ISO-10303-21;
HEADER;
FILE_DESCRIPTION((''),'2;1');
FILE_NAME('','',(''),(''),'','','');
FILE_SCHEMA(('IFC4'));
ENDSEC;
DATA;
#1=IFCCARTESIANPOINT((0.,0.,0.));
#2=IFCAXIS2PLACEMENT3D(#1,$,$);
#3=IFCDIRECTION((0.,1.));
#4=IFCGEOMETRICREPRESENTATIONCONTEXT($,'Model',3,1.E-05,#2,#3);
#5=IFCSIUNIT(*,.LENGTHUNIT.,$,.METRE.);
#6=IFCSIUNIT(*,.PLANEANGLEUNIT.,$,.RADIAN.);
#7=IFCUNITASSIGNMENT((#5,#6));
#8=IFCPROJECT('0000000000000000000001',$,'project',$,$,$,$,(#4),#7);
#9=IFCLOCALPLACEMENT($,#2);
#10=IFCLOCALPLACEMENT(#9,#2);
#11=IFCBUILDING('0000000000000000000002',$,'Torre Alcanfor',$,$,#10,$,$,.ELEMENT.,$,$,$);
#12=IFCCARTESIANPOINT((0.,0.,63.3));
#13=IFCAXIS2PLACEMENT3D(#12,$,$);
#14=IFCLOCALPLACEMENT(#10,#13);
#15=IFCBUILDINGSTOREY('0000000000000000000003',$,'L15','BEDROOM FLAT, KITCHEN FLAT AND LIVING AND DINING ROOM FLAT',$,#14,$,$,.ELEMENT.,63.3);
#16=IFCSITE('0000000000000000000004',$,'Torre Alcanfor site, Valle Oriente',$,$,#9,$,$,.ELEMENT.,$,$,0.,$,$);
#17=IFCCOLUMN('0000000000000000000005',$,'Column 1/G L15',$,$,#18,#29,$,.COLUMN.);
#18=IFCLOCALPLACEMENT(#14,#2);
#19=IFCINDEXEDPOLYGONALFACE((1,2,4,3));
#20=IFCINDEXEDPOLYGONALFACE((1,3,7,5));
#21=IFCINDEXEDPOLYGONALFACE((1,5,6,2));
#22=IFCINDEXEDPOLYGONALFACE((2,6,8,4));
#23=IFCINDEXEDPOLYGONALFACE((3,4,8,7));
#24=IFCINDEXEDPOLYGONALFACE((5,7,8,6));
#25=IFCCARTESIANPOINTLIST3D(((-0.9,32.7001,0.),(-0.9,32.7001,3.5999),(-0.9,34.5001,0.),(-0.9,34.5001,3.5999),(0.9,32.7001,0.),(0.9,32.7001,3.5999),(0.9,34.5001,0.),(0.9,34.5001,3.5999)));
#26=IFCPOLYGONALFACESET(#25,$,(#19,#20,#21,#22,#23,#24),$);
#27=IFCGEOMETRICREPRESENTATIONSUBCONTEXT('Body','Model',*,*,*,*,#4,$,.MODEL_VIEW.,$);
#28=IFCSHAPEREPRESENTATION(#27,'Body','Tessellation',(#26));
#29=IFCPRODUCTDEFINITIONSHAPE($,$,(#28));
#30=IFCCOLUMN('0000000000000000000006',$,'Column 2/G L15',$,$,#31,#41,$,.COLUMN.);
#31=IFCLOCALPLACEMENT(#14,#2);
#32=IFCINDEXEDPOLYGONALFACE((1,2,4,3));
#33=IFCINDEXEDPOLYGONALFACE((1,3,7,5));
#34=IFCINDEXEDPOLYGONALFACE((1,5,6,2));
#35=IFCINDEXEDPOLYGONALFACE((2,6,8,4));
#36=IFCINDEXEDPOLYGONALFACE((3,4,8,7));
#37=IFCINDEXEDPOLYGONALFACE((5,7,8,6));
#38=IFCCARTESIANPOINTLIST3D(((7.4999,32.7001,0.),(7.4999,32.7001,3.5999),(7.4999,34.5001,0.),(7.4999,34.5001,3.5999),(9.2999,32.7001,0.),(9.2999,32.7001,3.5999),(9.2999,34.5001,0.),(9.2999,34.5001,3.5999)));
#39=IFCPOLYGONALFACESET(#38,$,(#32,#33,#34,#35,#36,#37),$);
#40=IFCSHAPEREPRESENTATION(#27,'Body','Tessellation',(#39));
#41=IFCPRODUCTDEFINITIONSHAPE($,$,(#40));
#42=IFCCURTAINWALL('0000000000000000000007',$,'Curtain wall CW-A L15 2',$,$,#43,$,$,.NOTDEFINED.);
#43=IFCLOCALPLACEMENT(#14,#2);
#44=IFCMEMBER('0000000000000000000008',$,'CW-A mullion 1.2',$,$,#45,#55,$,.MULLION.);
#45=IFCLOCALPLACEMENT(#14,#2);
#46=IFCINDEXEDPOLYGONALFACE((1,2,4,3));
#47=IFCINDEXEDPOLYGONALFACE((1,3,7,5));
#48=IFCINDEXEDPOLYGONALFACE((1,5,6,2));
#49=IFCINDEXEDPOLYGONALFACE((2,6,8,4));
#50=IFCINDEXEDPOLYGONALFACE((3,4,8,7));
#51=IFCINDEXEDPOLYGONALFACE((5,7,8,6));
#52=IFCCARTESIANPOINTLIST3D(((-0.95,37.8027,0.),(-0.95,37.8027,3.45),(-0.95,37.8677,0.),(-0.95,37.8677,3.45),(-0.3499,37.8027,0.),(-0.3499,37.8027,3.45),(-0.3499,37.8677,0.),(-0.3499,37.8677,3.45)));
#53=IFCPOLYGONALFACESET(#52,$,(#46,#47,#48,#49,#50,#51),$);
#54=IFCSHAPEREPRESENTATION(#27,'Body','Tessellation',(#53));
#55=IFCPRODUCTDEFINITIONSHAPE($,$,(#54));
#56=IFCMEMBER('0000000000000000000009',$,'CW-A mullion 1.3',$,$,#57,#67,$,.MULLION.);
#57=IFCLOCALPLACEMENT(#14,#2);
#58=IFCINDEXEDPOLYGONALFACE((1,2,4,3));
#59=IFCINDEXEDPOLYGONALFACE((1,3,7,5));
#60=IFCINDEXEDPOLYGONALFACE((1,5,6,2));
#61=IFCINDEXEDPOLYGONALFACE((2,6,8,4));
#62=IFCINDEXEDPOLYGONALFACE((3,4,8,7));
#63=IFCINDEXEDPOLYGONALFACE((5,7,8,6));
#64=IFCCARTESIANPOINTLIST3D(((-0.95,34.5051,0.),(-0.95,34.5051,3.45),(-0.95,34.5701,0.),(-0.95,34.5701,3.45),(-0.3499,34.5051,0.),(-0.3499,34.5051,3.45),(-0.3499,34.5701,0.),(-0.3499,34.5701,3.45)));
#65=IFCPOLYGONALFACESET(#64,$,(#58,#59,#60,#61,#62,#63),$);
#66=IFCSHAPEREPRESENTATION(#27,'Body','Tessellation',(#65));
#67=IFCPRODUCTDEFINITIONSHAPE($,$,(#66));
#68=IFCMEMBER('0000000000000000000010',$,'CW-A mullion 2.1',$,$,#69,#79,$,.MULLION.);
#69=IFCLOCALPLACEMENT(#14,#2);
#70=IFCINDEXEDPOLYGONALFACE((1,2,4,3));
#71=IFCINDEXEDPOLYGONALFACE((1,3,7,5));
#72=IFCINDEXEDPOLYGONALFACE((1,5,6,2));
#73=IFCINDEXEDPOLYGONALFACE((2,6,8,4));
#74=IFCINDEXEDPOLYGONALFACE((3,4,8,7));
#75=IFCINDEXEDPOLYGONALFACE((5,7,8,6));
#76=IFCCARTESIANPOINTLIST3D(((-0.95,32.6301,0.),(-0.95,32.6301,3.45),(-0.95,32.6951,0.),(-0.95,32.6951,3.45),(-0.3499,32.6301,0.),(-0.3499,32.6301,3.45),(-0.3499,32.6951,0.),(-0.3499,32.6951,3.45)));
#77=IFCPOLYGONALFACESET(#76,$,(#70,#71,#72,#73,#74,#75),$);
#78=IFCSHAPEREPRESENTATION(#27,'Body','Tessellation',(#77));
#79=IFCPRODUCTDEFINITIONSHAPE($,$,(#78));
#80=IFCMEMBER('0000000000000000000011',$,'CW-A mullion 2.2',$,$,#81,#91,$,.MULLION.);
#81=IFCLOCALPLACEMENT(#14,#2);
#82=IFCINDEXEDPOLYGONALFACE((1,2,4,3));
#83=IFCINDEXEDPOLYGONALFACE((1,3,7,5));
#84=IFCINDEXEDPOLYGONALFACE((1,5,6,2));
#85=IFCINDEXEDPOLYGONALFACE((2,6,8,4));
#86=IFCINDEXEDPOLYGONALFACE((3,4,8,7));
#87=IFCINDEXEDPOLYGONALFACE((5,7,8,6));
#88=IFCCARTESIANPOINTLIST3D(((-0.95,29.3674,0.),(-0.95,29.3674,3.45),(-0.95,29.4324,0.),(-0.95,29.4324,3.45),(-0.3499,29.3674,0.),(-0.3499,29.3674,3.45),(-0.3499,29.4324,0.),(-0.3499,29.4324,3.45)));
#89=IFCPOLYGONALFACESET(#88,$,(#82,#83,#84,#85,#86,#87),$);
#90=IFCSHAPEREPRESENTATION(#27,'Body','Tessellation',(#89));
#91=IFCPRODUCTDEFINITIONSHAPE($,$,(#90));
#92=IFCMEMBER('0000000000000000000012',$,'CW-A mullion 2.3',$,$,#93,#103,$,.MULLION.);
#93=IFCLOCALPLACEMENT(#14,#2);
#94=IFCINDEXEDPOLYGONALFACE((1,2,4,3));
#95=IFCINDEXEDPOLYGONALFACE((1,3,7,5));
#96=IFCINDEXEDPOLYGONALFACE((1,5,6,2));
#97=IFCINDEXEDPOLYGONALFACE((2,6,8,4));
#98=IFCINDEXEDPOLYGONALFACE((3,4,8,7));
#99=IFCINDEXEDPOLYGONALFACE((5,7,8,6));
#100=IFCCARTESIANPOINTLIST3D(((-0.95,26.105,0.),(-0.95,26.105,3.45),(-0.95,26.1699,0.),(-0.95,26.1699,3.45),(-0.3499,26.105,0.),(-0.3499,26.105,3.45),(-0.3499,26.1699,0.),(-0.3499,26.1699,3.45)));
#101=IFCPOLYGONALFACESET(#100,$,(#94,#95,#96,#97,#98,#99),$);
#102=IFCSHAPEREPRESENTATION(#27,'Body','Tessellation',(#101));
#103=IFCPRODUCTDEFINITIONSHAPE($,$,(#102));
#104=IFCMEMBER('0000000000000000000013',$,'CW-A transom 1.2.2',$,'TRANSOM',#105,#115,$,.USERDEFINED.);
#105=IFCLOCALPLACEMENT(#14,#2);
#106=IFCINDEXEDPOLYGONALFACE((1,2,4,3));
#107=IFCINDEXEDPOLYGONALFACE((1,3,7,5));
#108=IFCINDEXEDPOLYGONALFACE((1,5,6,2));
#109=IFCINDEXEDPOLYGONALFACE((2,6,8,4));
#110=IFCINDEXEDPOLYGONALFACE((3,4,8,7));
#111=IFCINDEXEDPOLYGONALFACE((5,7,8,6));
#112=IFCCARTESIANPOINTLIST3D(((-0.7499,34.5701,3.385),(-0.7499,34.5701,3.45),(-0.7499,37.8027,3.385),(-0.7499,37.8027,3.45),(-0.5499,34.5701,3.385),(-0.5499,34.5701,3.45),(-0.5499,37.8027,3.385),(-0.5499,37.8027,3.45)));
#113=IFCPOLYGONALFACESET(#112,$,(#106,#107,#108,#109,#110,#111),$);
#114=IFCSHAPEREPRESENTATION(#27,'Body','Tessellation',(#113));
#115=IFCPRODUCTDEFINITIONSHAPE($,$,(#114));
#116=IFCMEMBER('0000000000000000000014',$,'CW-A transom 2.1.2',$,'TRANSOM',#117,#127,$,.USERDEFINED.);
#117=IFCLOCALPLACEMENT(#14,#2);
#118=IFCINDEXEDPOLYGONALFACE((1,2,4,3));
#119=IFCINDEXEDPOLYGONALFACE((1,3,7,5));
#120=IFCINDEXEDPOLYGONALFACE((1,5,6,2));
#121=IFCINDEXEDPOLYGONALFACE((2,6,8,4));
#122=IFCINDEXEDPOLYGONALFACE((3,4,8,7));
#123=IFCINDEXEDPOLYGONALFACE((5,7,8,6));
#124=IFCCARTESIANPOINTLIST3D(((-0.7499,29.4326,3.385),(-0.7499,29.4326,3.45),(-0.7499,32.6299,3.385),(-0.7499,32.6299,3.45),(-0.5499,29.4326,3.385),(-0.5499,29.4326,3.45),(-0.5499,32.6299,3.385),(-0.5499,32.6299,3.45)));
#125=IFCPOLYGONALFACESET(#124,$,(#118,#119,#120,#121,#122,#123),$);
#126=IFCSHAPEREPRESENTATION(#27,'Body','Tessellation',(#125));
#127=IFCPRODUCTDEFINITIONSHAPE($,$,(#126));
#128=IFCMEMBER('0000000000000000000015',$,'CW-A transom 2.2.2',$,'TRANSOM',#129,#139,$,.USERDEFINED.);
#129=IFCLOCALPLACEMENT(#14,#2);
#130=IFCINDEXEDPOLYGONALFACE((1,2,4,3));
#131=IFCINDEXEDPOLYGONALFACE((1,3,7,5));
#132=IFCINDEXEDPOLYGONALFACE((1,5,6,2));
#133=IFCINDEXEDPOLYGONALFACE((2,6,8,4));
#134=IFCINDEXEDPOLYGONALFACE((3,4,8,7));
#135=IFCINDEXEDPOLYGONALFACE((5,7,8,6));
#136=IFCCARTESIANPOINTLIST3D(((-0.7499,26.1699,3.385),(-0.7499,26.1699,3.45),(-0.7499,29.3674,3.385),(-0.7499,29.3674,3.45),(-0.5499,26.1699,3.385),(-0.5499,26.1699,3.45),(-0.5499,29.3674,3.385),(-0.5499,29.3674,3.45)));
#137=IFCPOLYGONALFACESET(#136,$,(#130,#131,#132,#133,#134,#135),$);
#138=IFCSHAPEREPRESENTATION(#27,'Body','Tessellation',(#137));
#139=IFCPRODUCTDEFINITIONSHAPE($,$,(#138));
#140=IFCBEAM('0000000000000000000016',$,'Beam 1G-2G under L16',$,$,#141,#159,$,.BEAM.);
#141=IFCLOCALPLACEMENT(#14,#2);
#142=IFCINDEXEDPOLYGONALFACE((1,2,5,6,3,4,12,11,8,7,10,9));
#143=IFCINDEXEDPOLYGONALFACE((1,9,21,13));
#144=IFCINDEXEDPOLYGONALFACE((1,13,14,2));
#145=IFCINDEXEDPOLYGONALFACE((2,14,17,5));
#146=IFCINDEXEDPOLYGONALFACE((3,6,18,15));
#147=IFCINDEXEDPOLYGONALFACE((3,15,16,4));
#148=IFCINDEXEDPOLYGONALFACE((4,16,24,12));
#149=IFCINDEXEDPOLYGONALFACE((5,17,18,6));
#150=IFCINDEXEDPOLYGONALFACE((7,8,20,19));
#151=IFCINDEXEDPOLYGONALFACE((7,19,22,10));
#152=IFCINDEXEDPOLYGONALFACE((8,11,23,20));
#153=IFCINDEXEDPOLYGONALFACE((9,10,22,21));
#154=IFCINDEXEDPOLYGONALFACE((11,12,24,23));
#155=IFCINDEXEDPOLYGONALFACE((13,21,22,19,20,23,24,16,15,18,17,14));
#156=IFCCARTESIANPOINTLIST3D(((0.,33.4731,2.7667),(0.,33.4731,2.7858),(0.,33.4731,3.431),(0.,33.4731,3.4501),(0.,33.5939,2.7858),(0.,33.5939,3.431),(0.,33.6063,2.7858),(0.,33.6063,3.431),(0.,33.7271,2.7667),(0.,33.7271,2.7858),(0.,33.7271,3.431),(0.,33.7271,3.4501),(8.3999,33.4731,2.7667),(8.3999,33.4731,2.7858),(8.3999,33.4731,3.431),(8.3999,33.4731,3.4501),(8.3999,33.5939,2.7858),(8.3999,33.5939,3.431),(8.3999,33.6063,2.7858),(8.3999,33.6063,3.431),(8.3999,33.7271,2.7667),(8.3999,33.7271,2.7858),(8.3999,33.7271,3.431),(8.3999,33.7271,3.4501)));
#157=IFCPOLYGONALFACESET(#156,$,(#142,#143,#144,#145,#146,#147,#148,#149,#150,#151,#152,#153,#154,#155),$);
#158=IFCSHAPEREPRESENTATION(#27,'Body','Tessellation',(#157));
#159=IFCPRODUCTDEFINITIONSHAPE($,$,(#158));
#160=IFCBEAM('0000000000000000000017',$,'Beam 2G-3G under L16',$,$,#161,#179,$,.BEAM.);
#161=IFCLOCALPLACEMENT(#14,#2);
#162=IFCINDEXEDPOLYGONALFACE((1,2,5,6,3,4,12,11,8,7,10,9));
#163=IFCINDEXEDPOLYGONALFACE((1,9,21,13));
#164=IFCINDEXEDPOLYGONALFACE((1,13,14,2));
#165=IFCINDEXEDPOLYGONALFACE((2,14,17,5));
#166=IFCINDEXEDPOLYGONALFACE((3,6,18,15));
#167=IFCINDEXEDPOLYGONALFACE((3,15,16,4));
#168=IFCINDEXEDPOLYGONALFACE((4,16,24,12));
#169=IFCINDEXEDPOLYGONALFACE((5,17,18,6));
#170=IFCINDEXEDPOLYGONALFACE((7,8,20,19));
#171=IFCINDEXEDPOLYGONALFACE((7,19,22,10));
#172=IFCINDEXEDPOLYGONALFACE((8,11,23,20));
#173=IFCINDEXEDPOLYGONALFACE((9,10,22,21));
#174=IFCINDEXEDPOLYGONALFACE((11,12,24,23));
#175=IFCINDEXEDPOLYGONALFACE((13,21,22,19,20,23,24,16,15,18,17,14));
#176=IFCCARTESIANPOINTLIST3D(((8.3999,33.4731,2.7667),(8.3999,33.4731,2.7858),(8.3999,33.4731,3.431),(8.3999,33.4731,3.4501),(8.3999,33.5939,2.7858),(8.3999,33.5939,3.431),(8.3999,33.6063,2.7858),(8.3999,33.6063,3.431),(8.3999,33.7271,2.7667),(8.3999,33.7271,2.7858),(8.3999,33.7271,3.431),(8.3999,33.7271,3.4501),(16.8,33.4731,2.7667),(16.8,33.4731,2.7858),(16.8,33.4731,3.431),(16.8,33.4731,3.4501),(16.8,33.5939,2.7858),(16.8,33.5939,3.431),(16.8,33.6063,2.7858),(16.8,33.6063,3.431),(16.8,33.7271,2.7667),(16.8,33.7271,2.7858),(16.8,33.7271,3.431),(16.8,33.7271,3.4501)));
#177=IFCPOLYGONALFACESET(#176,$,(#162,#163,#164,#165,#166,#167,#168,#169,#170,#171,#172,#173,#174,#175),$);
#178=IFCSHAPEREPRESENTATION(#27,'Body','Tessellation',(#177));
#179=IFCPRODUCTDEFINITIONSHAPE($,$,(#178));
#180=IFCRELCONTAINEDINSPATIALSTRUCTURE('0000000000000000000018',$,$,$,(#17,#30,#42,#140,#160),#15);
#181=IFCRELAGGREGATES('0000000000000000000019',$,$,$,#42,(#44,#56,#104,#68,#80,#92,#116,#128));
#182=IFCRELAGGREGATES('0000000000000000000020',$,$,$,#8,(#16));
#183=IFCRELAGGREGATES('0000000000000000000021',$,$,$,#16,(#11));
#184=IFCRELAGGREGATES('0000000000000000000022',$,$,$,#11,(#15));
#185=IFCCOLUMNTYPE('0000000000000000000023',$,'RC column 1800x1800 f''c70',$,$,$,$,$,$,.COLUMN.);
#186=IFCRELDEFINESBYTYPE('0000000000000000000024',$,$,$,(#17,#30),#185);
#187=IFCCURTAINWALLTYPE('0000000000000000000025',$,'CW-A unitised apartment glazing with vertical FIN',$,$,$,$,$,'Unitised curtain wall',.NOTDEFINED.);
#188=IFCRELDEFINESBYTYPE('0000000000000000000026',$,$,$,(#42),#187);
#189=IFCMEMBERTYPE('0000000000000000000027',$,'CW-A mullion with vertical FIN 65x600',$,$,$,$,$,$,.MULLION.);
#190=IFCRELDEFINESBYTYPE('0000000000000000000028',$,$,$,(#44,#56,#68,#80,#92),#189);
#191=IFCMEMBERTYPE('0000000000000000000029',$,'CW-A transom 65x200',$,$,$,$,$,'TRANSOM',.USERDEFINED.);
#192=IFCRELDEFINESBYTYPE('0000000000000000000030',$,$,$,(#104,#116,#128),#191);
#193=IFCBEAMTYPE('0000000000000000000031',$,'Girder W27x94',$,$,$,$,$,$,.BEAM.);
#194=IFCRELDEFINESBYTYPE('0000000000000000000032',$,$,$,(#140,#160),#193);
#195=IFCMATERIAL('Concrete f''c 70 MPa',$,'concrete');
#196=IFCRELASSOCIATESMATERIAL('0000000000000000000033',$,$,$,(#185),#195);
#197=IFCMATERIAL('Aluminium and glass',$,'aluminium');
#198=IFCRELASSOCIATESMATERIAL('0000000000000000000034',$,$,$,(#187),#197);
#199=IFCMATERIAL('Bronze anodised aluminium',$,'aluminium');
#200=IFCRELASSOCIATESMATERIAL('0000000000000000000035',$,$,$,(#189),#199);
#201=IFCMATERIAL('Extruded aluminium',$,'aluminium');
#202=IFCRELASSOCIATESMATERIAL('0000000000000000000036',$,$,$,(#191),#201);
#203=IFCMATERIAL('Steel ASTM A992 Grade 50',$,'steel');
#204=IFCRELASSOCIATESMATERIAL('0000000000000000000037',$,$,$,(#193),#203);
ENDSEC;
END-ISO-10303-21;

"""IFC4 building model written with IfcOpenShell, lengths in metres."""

from ifc_helpers import new_model, si_unit, direction, frame, origin, origin_2d, place, context, subcontext, project, spatial, rectangle, i_section, extrude, material, material_profile, profile_set, type_object, element, aggregate, save


model = new_model("IFC4")

# Units and contexts
model_context = context("Model", 3, precision=1e-05, world=origin(), true_north=direction((0.0, 1.0)))
body_context = subcontext(model_context, "Body", "Model", "MODEL_VIEW")
ifc_project = project(units=[si_unit("LENGTHUNIT", "METRE"), si_unit("PLANEANGLEUNIT", "RADIAN")], contexts=[model_context])

# Site, building, storey
site_placement = place(None, origin())
site = spatial("IfcSite", under=ifc_project, at=site_placement, Name="Torre Alcanfor site, Valle Oriente", CompositionType="ELEMENT", RefElevation=0.0)
building_placement = place(site_placement, origin())
building = spatial("IfcBuilding", under=site, at=building_placement, Name="Torre Alcanfor", CompositionType="ELEMENT")
storey_placement = place(building_placement, frame((0.0, 0.0, 63.3)))
storey = spatial("IfcBuildingStorey", under=building, at=storey_placement, Name="L15", Description="BEDROOM FLAT, KITCHEN FLAT AND LIVING AND DINING ROOM FLAT", CompositionType="ELEMENT", Elevation=63.3)

# Columns
ifc_material_1 = material(Name="Concrete f'c 70 MPa", Category="concrete")
ifc_material_profile_1 = material_profile(ifc_material_1, rectangle(XDim=1.8, YDim=1.8, at=origin_2d()), Name="1800x1800")
ifc_profile_set_1 = profile_set([ifc_material_profile_1], Name="Concrete f'c 70 MPa")
column_type = type_object("IfcColumnType", Name="RC column 1800x1800 f'c70", PredefinedType="COLUMN", material=ifc_profile_set_1)
for number, where, z_axis, x_axis, name in (
    (1, (0.0, 33.6001, 0.0), (0.0, 0.0, 1.0), (1.0, 0.0, 0.0), "Column 1/G L15"),
    (2, (8.3999, 33.6001, 0.0), (0.0, 0.0, 1.0), (1.0, 0.0, 0.0), "Column 2/G L15"),
):
    element("IfcColumn", number, at=place(storey_placement, frame(where, z_axis=z_axis, x_axis=x_axis)), inside=storey, type_object=column_type, Name=name, PredefinedType="COLUMN", context=body_context, shape_type="SweptSolid", body=[
        extrude(rectangle(XDim=1.8, YDim=1.8, at=origin_2d()), origin(), (0.0, 0.0, 1.0), 3.5999),
    ])

# Curtain wall, members
ifc_material_2 = material(Name="Aluminium and glass", Category="aluminium")
curtain_wall_type = type_object("IfcCurtainWallType", Name="CW-A unitised apartment glazing with vertical FIN", ElementType="Unitised curtain wall", PredefinedType="NOTDEFINED", material=ifc_material_2)
curtain_wall_placement = place(storey_placement, origin())
curtain_wall = element("IfcCurtainWall", 3, at=curtain_wall_placement, inside=storey, type_object=curtain_wall_type, Name="Curtain wall CW-A L15 2", PredefinedType="NOTDEFINED")
ifc_material_3 = material(Name="Bronze anodised aluminium", Category="aluminium")
ifc_material_profile_2 = material_profile(ifc_material_3, rectangle(XDim=0.6001, YDim=0.0649, at=origin_2d()), Name="CW-A mullion 65x600")
ifc_profile_set_2 = profile_set([ifc_material_profile_2], Name="Bronze anodised aluminium")
member_type_1 = type_object("IfcMemberType", Name="CW-A mullion with vertical FIN 65x600", PredefinedType="MULLION", material=ifc_profile_set_2)
member_1_placement = place(storey_placement, frame((-0.6499, 37.8352, 0.0), z_axis=(0.0, 0.0, 1.0), x_axis=(1.0, 0.0, 0.0)))
member_1 = element("IfcMember", 4, at=member_1_placement, type_object=member_type_1, Name="CW-A mullion 1.2", PredefinedType="MULLION", context=body_context, shape_type="SweptSolid", body=[
    extrude(rectangle(XDim=0.6001, YDim=0.0649, at=origin_2d()), origin(), (0.0, 0.0, 1.0), 3.45),
])
member_2_placement = place(storey_placement, frame((-0.6499, 34.5376, 0.0), z_axis=(0.0, 0.0, 1.0), x_axis=(1.0, 0.0, 0.0)))
member_2 = element("IfcMember", 5, at=member_2_placement, type_object=member_type_1, Name="CW-A mullion 1.3", PredefinedType="MULLION", context=body_context, shape_type="SweptSolid", body=[
    extrude(rectangle(XDim=0.6001, YDim=0.0649, at=origin_2d()), origin(), (0.0, 0.0, 1.0), 3.45),
])
member_3_placement = place(storey_placement, frame((-0.6499, 32.6626, 0.0), z_axis=(0.0, 0.0, 1.0), x_axis=(1.0, 0.0, 0.0)))
member_3 = element("IfcMember", 6, at=member_3_placement, type_object=member_type_1, Name="CW-A mullion 2.1", PredefinedType="MULLION", context=body_context, shape_type="SweptSolid", body=[
    extrude(rectangle(XDim=0.6001, YDim=0.0649, at=origin_2d()), origin(), (0.0, 0.0, 1.0), 3.45),
])
member_4_placement = place(storey_placement, frame((-0.6499, 29.3999, 0.0), z_axis=(0.0, 0.0, 1.0), x_axis=(1.0, 0.0, 0.0)))
member_4 = element("IfcMember", 7, at=member_4_placement, type_object=member_type_1, Name="CW-A mullion 2.2", PredefinedType="MULLION", context=body_context, shape_type="SweptSolid", body=[
    extrude(rectangle(XDim=0.6001, YDim=0.0649, at=origin_2d()), origin(), (0.0, 0.0, 1.0), 3.45),
])
member_5_placement = place(storey_placement, frame((-0.6499, 26.1375, 0.0), z_axis=(0.0, 0.0, 1.0), x_axis=(1.0, 0.0, 0.0)))
member_5 = element("IfcMember", 8, at=member_5_placement, type_object=member_type_1, Name="CW-A mullion 2.3", PredefinedType="MULLION", context=body_context, shape_type="SweptSolid", body=[
    extrude(rectangle(XDim=0.6001, YDim=0.0649, at=origin_2d()), origin(), (0.0, 0.0, 1.0), 3.45),
])
ifc_material_4 = material(Name="Extruded aluminium", Category="aluminium")
ifc_material_profile_3 = material_profile(ifc_material_4, rectangle(XDim=0.2, YDim=0.0649, at=origin_2d()), Name="CW-A transom 200x65")
ifc_profile_set_3 = profile_set([ifc_material_profile_3], Name="Extruded aluminium")
member_type_2 = type_object("IfcMemberType", Name="CW-A transom 65x200", ElementType="TRANSOM", PredefinedType="USERDEFINED", material=ifc_profile_set_3)
member_6_placement = place(storey_placement, frame((-0.6499, 37.8027, 3.4175), z_axis=(0.0, -1.0, 0.0), x_axis=(1.0, 0.0, 0.0)))
member_6 = element("IfcMember", 9, at=member_6_placement, type_object=member_type_2, Name="CW-A transom 1.2.2", ObjectType="TRANSOM", PredefinedType="USERDEFINED", context=body_context, shape_type="SweptSolid", body=[
    extrude(rectangle(XDim=0.2, YDim=0.0649, at=origin_2d()), origin(), (0.0, 0.0, 1.0), 3.2327),
])
member_7_placement = place(storey_placement, frame((-0.6499, 32.6299, 3.4175), z_axis=(0.0, -1.0, 0.0), x_axis=(1.0, 0.0, 0.0)))
member_7 = element("IfcMember", 10, at=member_7_placement, type_object=member_type_2, Name="CW-A transom 2.1.2", ObjectType="TRANSOM", PredefinedType="USERDEFINED", context=body_context, shape_type="SweptSolid", body=[
    extrude(rectangle(XDim=0.2, YDim=0.0649, at=origin_2d()), origin(), (0.0, 0.0, 1.0), 3.1973),
])
member_8_placement = place(storey_placement, frame((-0.6499, 29.3674, 3.4175), z_axis=(0.0, -1.0, 0.0), x_axis=(1.0, 0.0, 0.0)))
member_8 = element("IfcMember", 11, at=member_8_placement, type_object=member_type_2, Name="CW-A transom 2.2.2", ObjectType="TRANSOM", PredefinedType="USERDEFINED", context=body_context, shape_type="SweptSolid", body=[
    extrude(rectangle(XDim=0.2, YDim=0.0649, at=origin_2d()), origin(), (0.0, 0.0, 1.0), 3.1975),
])

# Beams
ifc_material_5 = material(Name="Steel ASTM A992 Grade 50", Category="steel")
ifc_material_profile_4 = material_profile(ifc_material_5, i_section(OverallWidth=0.2539, OverallDepth=0.6833, WebThickness=0.0125, FlangeThickness=0.019, at=origin_2d()), Name="W27x94")
ifc_profile_set_4 = profile_set([ifc_material_profile_4], Name="Steel ASTM A992 Grade 50")
beam_type_1 = type_object("IfcBeamType", Name="Girder W27x94", PredefinedType="BEAM", material=ifc_profile_set_4)
beam_1_placement = place(storey_placement, frame((0.0, 33.6001, 3.1084), z_axis=(1.0, 0.0, 0.0), x_axis=(0.0, 1.0, 0.0)))
element("IfcBeam", 12, at=beam_1_placement, inside=storey, type_object=beam_type_1, Name="Beam 1G-2G under L16", PredefinedType="BEAM", context=body_context, shape_type="SweptSolid", body=[
    extrude(i_section(OverallWidth=0.2539, OverallDepth=0.6833, WebThickness=0.0125, FlangeThickness=0.019, at=origin_2d()), origin(), (0.0, 0.0, 1.0), 8.3999),
])
beam_2_placement = place(storey_placement, frame((8.3999, 33.6001, 3.1084), z_axis=(1.0, 0.0, 0.0), x_axis=(0.0, 1.0, 0.0)))
element("IfcBeam", 13, at=beam_2_placement, inside=storey, type_object=beam_type_1, Name="Beam 2G-3G under L16", PredefinedType="BEAM", context=body_context, shape_type="SweptSolid", body=[
    extrude(i_section(OverallWidth=0.2539, OverallDepth=0.6833, WebThickness=0.0125, FlangeThickness=0.019, at=origin_2d()), origin(), (0.0, 0.0, 1.0), 8.4001),
])

aggregate(curtain_wall, [member_1, member_2, member_6, member_3, member_4, member_5, member_7, member_8])

save(model, "model.ifc")
